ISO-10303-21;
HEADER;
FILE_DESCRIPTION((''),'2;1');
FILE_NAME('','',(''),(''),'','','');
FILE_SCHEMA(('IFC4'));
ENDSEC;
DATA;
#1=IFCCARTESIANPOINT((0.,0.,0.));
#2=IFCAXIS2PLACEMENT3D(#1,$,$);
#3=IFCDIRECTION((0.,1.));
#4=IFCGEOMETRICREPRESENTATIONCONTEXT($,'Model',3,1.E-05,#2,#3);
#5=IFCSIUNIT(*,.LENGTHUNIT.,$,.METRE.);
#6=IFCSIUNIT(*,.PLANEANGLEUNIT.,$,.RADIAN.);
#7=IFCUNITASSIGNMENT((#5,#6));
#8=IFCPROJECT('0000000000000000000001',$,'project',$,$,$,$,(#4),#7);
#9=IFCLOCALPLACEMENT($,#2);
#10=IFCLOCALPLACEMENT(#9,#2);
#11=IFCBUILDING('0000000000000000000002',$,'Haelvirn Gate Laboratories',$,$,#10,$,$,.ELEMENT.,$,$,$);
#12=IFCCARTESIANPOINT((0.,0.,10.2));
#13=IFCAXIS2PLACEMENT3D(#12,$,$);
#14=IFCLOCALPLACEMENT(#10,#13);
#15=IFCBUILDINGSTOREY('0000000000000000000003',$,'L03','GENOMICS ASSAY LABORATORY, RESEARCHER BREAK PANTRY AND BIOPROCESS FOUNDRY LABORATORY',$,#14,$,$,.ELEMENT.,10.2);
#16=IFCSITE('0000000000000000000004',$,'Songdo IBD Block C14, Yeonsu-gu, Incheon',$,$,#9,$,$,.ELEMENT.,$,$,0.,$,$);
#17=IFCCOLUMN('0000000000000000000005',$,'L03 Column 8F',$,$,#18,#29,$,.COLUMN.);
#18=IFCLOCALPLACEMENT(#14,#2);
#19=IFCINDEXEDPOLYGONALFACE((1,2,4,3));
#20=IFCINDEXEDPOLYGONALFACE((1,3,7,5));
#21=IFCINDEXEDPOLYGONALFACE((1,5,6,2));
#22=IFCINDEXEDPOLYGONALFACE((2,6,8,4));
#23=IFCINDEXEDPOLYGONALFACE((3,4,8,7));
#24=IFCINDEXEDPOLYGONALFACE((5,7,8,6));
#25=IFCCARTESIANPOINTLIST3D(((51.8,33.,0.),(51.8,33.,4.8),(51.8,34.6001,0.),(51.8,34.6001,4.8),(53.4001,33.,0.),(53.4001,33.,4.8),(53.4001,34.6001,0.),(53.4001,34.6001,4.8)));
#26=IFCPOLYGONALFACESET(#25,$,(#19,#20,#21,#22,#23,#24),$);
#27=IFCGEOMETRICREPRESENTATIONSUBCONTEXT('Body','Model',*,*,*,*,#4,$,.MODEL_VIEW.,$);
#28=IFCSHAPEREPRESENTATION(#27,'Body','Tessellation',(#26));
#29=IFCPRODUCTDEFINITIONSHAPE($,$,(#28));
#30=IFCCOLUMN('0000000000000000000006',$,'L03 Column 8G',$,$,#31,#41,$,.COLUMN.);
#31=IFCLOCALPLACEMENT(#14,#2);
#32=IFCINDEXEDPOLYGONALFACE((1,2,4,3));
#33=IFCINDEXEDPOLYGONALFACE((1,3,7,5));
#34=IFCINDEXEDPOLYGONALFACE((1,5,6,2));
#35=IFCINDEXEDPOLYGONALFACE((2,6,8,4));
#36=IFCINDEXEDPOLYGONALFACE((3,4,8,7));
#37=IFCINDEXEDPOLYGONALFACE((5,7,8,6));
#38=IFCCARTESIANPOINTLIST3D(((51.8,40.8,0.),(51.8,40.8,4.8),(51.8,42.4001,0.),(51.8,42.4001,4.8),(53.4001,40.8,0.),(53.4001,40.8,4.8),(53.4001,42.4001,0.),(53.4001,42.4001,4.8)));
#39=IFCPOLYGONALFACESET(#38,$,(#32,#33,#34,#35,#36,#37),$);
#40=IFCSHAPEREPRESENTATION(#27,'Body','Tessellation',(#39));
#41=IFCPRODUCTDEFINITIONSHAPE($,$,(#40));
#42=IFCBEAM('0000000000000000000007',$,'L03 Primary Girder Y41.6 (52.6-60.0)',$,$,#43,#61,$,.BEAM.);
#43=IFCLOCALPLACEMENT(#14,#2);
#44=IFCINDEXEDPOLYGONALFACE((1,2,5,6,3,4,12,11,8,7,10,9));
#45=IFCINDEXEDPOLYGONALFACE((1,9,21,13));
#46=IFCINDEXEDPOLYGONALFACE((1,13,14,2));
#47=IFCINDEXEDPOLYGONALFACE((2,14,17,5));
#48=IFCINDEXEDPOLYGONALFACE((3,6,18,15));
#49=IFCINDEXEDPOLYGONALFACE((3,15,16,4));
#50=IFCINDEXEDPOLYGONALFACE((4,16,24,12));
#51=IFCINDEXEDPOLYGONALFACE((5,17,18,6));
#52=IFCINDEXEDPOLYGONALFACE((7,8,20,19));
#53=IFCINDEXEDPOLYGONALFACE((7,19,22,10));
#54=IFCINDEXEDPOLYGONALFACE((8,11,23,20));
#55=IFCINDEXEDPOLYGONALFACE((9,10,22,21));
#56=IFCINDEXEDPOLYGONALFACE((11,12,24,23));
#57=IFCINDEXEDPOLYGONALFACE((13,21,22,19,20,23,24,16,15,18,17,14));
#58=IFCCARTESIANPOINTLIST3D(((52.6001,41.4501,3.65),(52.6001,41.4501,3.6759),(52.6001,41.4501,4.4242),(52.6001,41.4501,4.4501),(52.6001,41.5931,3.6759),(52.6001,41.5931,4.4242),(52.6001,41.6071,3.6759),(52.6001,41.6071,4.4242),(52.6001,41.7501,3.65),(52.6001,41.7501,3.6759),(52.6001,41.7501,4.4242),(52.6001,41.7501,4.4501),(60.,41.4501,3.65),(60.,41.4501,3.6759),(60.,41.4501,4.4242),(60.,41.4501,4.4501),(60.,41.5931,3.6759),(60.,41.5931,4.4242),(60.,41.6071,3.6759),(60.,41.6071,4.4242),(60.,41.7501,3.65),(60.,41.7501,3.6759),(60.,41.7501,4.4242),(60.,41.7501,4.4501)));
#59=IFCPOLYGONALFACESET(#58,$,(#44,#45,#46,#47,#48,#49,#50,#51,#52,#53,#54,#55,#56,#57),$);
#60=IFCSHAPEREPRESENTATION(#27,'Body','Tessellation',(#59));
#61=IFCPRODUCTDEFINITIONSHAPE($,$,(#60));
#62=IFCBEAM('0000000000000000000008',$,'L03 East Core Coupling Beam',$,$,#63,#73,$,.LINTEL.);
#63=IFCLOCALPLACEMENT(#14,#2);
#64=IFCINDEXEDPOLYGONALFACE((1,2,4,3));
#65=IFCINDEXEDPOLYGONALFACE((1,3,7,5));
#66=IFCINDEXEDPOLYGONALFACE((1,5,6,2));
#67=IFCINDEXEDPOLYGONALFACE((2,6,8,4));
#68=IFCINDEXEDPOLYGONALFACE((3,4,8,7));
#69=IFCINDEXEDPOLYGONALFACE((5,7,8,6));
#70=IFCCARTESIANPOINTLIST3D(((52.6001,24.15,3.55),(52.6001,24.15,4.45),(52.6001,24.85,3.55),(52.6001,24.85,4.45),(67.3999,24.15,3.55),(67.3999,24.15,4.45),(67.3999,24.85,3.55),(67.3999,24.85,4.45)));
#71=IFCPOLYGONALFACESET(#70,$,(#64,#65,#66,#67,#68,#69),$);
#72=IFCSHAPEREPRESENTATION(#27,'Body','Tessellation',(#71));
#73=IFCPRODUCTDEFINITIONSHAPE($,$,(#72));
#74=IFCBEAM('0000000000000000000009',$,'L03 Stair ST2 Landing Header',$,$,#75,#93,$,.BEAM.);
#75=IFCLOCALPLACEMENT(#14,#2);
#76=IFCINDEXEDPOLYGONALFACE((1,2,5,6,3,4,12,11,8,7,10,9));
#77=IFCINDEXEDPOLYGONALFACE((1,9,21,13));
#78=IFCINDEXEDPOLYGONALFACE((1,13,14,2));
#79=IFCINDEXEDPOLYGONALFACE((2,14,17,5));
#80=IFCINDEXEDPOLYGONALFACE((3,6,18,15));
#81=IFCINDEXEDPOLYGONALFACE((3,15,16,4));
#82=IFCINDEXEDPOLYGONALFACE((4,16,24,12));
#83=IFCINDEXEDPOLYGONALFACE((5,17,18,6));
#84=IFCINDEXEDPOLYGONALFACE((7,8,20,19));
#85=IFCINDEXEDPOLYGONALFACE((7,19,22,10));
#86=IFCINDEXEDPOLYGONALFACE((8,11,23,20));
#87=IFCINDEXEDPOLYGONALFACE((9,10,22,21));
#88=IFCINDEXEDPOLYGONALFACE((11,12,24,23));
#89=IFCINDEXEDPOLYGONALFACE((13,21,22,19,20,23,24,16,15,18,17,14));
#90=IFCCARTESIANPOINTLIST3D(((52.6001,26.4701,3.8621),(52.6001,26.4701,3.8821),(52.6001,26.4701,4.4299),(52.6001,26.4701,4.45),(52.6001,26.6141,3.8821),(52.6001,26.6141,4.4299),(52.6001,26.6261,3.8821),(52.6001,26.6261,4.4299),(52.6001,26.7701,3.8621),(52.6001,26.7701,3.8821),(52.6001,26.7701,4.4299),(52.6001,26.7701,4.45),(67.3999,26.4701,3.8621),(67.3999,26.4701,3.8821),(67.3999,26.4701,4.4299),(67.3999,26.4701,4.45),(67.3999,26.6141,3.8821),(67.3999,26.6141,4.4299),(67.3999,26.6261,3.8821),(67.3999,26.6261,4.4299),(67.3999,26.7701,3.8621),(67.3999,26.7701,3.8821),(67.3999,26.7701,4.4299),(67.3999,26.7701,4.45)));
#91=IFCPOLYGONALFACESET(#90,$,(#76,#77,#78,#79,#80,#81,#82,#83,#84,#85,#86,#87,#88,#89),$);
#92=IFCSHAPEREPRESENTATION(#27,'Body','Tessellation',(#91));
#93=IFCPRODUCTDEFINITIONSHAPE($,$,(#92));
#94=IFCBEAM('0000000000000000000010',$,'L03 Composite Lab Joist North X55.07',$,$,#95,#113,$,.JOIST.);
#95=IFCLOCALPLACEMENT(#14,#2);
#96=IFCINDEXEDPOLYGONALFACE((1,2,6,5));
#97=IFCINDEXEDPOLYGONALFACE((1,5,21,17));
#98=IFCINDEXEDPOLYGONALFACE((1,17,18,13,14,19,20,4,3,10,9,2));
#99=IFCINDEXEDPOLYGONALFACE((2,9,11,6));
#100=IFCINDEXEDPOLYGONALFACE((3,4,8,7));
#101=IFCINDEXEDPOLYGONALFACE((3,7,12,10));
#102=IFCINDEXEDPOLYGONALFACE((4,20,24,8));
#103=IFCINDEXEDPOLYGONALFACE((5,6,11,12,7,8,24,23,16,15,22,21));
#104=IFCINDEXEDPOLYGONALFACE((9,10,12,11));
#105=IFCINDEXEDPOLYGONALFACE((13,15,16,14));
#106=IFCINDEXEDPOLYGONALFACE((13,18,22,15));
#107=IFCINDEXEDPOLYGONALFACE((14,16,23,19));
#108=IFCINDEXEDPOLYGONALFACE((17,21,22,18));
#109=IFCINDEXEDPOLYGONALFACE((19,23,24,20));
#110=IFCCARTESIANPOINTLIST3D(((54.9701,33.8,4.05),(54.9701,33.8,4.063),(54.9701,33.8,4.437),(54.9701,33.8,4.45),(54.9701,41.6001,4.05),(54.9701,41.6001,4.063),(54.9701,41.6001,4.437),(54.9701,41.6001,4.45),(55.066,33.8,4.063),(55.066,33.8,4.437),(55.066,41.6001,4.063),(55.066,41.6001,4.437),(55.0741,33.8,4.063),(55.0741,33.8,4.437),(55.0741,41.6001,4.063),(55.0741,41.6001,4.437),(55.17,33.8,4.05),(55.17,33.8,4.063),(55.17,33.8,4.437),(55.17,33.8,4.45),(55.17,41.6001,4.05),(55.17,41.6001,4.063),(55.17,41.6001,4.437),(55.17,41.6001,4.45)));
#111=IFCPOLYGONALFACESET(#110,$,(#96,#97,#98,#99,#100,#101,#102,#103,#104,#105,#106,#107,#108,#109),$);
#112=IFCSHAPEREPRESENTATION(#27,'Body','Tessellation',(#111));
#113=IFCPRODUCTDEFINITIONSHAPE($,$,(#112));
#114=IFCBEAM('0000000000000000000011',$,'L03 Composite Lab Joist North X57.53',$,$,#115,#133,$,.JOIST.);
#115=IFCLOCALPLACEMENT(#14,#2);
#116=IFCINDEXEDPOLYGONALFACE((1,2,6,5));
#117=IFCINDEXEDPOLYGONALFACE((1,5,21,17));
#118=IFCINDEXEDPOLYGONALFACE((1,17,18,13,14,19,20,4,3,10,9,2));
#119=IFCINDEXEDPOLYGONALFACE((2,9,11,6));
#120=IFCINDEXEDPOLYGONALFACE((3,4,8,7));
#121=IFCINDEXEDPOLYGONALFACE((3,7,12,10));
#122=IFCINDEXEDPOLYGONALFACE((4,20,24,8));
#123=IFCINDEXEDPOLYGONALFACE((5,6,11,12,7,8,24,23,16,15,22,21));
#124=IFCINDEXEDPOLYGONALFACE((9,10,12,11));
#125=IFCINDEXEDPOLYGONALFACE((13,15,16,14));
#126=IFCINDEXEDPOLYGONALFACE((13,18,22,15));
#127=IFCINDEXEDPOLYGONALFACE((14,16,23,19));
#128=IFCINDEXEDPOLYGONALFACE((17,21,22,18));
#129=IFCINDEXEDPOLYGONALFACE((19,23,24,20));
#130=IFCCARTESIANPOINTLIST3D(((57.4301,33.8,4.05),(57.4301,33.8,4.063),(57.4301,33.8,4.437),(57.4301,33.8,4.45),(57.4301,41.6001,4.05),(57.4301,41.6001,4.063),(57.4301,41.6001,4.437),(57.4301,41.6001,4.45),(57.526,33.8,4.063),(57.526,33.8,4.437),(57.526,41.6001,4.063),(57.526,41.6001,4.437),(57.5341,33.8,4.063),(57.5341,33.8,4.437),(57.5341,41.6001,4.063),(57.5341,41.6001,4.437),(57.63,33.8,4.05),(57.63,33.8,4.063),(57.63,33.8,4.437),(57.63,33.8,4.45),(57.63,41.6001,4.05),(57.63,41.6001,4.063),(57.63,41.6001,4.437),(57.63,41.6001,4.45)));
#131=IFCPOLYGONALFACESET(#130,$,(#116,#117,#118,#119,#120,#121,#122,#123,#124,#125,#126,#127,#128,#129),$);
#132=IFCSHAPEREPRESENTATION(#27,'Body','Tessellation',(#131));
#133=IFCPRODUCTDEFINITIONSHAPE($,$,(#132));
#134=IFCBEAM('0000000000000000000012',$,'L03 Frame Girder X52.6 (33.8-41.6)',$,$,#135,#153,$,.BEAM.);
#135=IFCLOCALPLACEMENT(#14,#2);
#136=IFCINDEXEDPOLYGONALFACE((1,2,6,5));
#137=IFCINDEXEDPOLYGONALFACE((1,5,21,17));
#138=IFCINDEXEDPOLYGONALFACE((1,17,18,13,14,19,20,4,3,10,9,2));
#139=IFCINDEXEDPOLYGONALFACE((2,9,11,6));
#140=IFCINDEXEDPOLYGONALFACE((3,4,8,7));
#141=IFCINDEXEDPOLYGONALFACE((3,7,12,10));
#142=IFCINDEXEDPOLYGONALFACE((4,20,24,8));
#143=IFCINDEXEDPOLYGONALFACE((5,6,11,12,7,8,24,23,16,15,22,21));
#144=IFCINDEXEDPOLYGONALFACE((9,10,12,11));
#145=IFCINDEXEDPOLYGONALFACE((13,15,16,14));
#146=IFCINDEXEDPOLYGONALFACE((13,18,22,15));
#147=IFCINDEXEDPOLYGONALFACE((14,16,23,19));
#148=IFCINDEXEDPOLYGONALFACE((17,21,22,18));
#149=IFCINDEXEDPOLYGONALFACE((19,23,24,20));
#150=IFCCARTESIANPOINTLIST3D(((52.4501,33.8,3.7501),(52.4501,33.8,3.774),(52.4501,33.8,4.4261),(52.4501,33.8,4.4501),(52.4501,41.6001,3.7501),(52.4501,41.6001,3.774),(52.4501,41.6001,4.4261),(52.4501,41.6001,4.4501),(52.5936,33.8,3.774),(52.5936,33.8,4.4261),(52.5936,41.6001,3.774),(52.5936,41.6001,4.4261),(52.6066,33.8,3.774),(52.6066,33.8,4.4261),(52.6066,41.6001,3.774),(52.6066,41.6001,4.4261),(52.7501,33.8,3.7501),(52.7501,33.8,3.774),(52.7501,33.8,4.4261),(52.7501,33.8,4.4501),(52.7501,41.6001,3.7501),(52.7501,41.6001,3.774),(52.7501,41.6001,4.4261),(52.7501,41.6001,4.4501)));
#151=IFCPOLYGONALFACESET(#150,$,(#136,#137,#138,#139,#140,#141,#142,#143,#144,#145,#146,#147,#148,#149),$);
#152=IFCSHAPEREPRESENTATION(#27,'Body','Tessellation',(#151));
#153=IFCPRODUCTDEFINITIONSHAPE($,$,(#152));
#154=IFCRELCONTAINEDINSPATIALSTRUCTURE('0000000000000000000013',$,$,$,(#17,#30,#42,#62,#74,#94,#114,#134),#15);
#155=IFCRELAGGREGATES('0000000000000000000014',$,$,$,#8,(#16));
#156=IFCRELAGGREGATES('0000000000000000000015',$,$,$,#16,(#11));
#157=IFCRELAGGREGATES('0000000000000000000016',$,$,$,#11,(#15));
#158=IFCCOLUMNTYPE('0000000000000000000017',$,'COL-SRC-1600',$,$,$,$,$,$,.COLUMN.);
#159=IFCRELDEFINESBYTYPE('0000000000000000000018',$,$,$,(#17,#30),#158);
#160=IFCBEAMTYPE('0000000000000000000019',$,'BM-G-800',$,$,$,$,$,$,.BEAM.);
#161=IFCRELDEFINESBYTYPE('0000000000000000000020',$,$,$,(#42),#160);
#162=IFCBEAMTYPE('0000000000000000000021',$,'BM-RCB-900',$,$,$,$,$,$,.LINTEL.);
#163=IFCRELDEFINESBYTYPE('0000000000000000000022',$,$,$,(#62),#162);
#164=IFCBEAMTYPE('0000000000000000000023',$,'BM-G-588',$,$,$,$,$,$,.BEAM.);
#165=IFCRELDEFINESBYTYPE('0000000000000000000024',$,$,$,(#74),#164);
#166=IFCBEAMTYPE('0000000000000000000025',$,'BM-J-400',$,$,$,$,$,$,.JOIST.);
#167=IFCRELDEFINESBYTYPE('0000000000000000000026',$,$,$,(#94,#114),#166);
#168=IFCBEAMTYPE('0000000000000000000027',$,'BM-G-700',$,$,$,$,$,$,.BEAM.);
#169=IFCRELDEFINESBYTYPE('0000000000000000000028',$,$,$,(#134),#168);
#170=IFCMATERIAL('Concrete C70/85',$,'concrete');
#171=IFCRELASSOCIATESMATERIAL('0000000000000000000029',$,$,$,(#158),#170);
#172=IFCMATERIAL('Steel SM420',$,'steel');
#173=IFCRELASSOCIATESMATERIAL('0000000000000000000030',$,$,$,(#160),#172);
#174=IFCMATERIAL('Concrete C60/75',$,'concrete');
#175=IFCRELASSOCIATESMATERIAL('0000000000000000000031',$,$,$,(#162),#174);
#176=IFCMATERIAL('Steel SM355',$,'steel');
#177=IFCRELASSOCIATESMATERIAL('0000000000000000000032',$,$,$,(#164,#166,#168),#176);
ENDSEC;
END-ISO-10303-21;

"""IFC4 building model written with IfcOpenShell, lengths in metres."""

from ifc_helpers import new_model, si_unit, direction, frame, origin, origin_2d, place, context, subcontext, project, spatial, rectangle, i_section, extrude, source, transform, mapped, material, material_profile, profile_set, type_object, type_shapes, element, save


model = new_model("IFC4")

# Units and contexts
model_context = context("Model", 3, precision=1e-05, world=origin(), true_north=direction((0.0, 1.0)))
body_context = subcontext(model_context, "Body", "Model", "MODEL_VIEW")
ifc_project = project(units=[si_unit("LENGTHUNIT", "METRE"), si_unit("PLANEANGLEUNIT", "RADIAN")], contexts=[model_context])

# Site, building, storey
site_placement = place(None, origin())
site = spatial("IfcSite", under=ifc_project, at=site_placement, Name="Songdo IBD Block C14, Yeonsu-gu, Incheon", CompositionType="ELEMENT", RefElevation=0.0)
building_placement = place(site_placement, origin())
building = spatial("IfcBuilding", under=site, at=building_placement, Name="Haelvirn Gate Laboratories", CompositionType="ELEMENT")
storey_placement = place(building_placement, frame((0.0, 0.0, 10.2)))
storey = spatial("IfcBuildingStorey", under=building, at=storey_placement, Name="L03", Description="GENOMICS ASSAY LABORATORY, RESEARCHER BREAK PANTRY AND BIOPROCESS FOUNDRY LABORATORY", CompositionType="ELEMENT", Elevation=10.2)

# Columns
ifc_material_1 = material(Name="Concrete C70/85", Category="concrete")
ifc_material_profile_1 = material_profile(ifc_material_1, rectangle(XDim=1.6001, YDim=1.6001, at=origin_2d()), Name="SRC-1600x1600")
ifc_profile_set_1 = profile_set([ifc_material_profile_1], Name="Concrete C70/85")
column_type = type_object("IfcColumnType", Name="COL-SRC-1600", PredefinedType="COLUMN", material=ifc_profile_set_1)
shared_shape_1 = source(origin(), body_context, "Body", "SweptSolid", [
    extrude(rectangle(XDim=1.6001, YDim=1.6001, at=origin_2d()), origin(), (0.0, 0.0, 1.0), 4.8),
])
type_shapes(column_type, [shared_shape_1])
for number, where, z_axis, x_axis, name in (
    (1, (52.6001, 33.8, 0.0), (0.0, 0.0, 1.0), (1.0, 0.0, 0.0), "L03 Column 8F"),
    (2, (52.6001, 41.6001, 0.0), (0.0, 0.0, 1.0), (1.0, 0.0, 0.0), "L03 Column 8G"),
):
    element("IfcColumn", number, at=place(storey_placement, frame(where, z_axis=z_axis, x_axis=x_axis)), inside=storey, type_object=column_type, Name=name, PredefinedType="COLUMN", context=body_context, shape_type="MappedRepresentation", body=[
        mapped(shared_shape_1, transform((0.0, 0.0, 0.0), scale=1.0)),
    ])

# Beams
ifc_material_2 = material(Name="Steel SM420", Category="steel")
ifc_material_profile_2 = material_profile(ifc_material_2, i_section(OverallWidth=0.3, OverallDepth=0.8, WebThickness=0.0139, FlangeThickness=0.0259, at=origin_2d()), Name="H-800x300x14x26")
ifc_profile_set_2 = profile_set([ifc_material_profile_2], Name="Steel SM420")
beam_type_1 = type_object("IfcBeamType", Name="BM-G-800", PredefinedType="BEAM", material=ifc_profile_set_2)
shared_shape_2 = source(origin(), body_context, "Body", "SweptSolid", [
    extrude(i_section(OverallWidth=0.3, OverallDepth=0.8, WebThickness=0.0139, FlangeThickness=0.0259, at=origin_2d()), origin(), (0.0, 0.0, 1.0), 7.3999),
])
type_shapes(beam_type_1, [shared_shape_2])
beam_1_placement = place(storey_placement, frame((52.6001, 41.6001, 4.05), z_axis=(1.0, 0.0, 0.0), x_axis=(0.0, 1.0, 0.0)))
element("IfcBeam", 3, at=beam_1_placement, inside=storey, type_object=beam_type_1, Name="L03 Primary Girder Y41.6 (52.6-60.0)", PredefinedType="BEAM", context=body_context, shape_type="MappedRepresentation", body=[
    mapped(shared_shape_2, transform((0.0, 0.0, 0.0), scale=1.0)),
])
ifc_material_3 = material(Name="Concrete C60/75", Category="concrete")
ifc_material_profile_3 = material_profile(ifc_material_3, rectangle(XDim=0.7, YDim=0.8999, at=origin_2d()), Name="RCB-700x900")
ifc_profile_set_3 = profile_set([ifc_material_profile_3], Name="Concrete C60/75")
beam_type_2 = type_object("IfcBeamType", Name="BM-RCB-900", PredefinedType="LINTEL", material=ifc_profile_set_3)
shared_shape_3 = source(origin(), body_context, "Body", "SweptSolid", [
    extrude(rectangle(XDim=0.7, YDim=0.8999, at=origin_2d()), origin(), (0.0, 0.0, 1.0), 14.7998),
])
type_shapes(beam_type_2, [shared_shape_3])
beam_2_placement = place(storey_placement, frame((52.6001, 24.5, 4.0), z_axis=(1.0, 0.0, 0.0), x_axis=(0.0, 1.0, 0.0)))
element("IfcBeam", 4, at=beam_2_placement, inside=storey, type_object=beam_type_2, Name="L03 East Core Coupling Beam", PredefinedType="LINTEL", context=body_context, shape_type="MappedRepresentation", body=[
    mapped(shared_shape_3, transform((0.0, 0.0, 0.0), scale=1.0)),
])
ifc_material_4 = material(Name="Steel SM355", Category="steel")
ifc_material_profile_4 = material_profile(ifc_material_4, i_section(OverallWidth=0.3, OverallDepth=0.5879, WebThickness=0.012, FlangeThickness=0.02, at=origin_2d()), Name="H-588x300x12x20")
ifc_profile_set_4 = profile_set([ifc_material_profile_4], Name="Steel SM355")
beam_type_3 = type_object("IfcBeamType", Name="BM-G-588", PredefinedType="BEAM", material=ifc_profile_set_4)
shared_shape_4 = source(origin(), body_context, "Body", "SweptSolid", [
    extrude(i_section(OverallWidth=0.3, OverallDepth=0.5879, WebThickness=0.012, FlangeThickness=0.02, at=origin_2d()), origin(), (0.0, 0.0, 1.0), 14.7998),
])
type_shapes(beam_type_3, [shared_shape_4])
beam_3_placement = place(storey_placement, frame((52.6001, 26.6201, 4.156), z_axis=(1.0, 0.0, 0.0), x_axis=(0.0, 1.0, 0.0)))
element("IfcBeam", 5, at=beam_3_placement, inside=storey, type_object=beam_type_3, Name="L03 Stair ST2 Landing Header", PredefinedType="BEAM", context=body_context, shape_type="MappedRepresentation", body=[
    mapped(shared_shape_4, transform((0.0, 0.0, 0.0), scale=1.0)),
])
ifc_material_profile_5 = material_profile(ifc_material_4, i_section(OverallWidth=0.2, OverallDepth=0.3999, WebThickness=0.0081, FlangeThickness=0.0129, at=origin_2d()), Name="H-400x200x8x13")
ifc_profile_set_5 = profile_set([ifc_material_profile_5], Name="Steel SM355")
beam_type_4 = type_object("IfcBeamType", Name="BM-J-400", PredefinedType="JOIST", material=ifc_profile_set_5)
shared_shape_5 = source(origin(), body_context, "Body", "SweptSolid", [
    extrude(i_section(OverallWidth=0.2, OverallDepth=0.3999, WebThickness=0.0081, FlangeThickness=0.0129, at=origin_2d()), origin(), (0.0, 0.0, 1.0), 7.8),
])
type_shapes(beam_type_4, [shared_shape_5])
for number, where, z_axis, x_axis, name in (
    (6, (55.0701, 33.8, 4.25), (0.0, 1.0, 0.0), (-1.0, 0.0, 0.0), "L03 Composite Lab Joist North X55.07"),
    (7, (57.53, 33.8, 4.25), (0.0, 1.0, 0.0), (-1.0, 0.0, 0.0), "L03 Composite Lab Joist North X57.53"),
):
    element("IfcBeam", number, at=place(storey_placement, frame(where, z_axis=z_axis, x_axis=x_axis)), inside=storey, type_object=beam_type_4, Name=name, PredefinedType="JOIST", context=body_context, shape_type="MappedRepresentation", body=[
        mapped(shared_shape_5, transform((0.0, 0.0, 0.0), scale=1.0)),
    ])
ifc_material_profile_6 = material_profile(ifc_material_4, i_section(OverallWidth=0.3, OverallDepth=0.7, WebThickness=0.0129, FlangeThickness=0.0239, at=origin_2d()), Name="H-700x300x13x24")
ifc_profile_set_6 = profile_set([ifc_material_profile_6], Name="Steel SM355")
beam_type_5 = type_object("IfcBeamType", Name="BM-G-700", PredefinedType="BEAM", material=ifc_profile_set_6)
shared_shape_6 = source(origin(), body_context, "Body", "SweptSolid", [
    extrude(i_section(OverallWidth=0.3, OverallDepth=0.7, WebThickness=0.0129, FlangeThickness=0.0239, at=origin_2d()), origin(), (0.0, 0.0, 1.0), 7.8),
])
type_shapes(beam_type_5, [shared_shape_6])
beam_4_placement = place(storey_placement, frame((52.6001, 33.8, 4.1001), z_axis=(0.0, 1.0, 0.0), x_axis=(-1.0, 0.0, 0.0)))
element("IfcBeam", 8, at=beam_4_placement, inside=storey, type_object=beam_type_5, Name="L03 Frame Girder X52.6 (33.8-41.6)", PredefinedType="BEAM", context=body_context, shape_type="MappedRepresentation", body=[
    mapped(shared_shape_6, transform((0.0, 0.0, 0.0), scale=1.0)),
])

save(model, "model.ifc")
